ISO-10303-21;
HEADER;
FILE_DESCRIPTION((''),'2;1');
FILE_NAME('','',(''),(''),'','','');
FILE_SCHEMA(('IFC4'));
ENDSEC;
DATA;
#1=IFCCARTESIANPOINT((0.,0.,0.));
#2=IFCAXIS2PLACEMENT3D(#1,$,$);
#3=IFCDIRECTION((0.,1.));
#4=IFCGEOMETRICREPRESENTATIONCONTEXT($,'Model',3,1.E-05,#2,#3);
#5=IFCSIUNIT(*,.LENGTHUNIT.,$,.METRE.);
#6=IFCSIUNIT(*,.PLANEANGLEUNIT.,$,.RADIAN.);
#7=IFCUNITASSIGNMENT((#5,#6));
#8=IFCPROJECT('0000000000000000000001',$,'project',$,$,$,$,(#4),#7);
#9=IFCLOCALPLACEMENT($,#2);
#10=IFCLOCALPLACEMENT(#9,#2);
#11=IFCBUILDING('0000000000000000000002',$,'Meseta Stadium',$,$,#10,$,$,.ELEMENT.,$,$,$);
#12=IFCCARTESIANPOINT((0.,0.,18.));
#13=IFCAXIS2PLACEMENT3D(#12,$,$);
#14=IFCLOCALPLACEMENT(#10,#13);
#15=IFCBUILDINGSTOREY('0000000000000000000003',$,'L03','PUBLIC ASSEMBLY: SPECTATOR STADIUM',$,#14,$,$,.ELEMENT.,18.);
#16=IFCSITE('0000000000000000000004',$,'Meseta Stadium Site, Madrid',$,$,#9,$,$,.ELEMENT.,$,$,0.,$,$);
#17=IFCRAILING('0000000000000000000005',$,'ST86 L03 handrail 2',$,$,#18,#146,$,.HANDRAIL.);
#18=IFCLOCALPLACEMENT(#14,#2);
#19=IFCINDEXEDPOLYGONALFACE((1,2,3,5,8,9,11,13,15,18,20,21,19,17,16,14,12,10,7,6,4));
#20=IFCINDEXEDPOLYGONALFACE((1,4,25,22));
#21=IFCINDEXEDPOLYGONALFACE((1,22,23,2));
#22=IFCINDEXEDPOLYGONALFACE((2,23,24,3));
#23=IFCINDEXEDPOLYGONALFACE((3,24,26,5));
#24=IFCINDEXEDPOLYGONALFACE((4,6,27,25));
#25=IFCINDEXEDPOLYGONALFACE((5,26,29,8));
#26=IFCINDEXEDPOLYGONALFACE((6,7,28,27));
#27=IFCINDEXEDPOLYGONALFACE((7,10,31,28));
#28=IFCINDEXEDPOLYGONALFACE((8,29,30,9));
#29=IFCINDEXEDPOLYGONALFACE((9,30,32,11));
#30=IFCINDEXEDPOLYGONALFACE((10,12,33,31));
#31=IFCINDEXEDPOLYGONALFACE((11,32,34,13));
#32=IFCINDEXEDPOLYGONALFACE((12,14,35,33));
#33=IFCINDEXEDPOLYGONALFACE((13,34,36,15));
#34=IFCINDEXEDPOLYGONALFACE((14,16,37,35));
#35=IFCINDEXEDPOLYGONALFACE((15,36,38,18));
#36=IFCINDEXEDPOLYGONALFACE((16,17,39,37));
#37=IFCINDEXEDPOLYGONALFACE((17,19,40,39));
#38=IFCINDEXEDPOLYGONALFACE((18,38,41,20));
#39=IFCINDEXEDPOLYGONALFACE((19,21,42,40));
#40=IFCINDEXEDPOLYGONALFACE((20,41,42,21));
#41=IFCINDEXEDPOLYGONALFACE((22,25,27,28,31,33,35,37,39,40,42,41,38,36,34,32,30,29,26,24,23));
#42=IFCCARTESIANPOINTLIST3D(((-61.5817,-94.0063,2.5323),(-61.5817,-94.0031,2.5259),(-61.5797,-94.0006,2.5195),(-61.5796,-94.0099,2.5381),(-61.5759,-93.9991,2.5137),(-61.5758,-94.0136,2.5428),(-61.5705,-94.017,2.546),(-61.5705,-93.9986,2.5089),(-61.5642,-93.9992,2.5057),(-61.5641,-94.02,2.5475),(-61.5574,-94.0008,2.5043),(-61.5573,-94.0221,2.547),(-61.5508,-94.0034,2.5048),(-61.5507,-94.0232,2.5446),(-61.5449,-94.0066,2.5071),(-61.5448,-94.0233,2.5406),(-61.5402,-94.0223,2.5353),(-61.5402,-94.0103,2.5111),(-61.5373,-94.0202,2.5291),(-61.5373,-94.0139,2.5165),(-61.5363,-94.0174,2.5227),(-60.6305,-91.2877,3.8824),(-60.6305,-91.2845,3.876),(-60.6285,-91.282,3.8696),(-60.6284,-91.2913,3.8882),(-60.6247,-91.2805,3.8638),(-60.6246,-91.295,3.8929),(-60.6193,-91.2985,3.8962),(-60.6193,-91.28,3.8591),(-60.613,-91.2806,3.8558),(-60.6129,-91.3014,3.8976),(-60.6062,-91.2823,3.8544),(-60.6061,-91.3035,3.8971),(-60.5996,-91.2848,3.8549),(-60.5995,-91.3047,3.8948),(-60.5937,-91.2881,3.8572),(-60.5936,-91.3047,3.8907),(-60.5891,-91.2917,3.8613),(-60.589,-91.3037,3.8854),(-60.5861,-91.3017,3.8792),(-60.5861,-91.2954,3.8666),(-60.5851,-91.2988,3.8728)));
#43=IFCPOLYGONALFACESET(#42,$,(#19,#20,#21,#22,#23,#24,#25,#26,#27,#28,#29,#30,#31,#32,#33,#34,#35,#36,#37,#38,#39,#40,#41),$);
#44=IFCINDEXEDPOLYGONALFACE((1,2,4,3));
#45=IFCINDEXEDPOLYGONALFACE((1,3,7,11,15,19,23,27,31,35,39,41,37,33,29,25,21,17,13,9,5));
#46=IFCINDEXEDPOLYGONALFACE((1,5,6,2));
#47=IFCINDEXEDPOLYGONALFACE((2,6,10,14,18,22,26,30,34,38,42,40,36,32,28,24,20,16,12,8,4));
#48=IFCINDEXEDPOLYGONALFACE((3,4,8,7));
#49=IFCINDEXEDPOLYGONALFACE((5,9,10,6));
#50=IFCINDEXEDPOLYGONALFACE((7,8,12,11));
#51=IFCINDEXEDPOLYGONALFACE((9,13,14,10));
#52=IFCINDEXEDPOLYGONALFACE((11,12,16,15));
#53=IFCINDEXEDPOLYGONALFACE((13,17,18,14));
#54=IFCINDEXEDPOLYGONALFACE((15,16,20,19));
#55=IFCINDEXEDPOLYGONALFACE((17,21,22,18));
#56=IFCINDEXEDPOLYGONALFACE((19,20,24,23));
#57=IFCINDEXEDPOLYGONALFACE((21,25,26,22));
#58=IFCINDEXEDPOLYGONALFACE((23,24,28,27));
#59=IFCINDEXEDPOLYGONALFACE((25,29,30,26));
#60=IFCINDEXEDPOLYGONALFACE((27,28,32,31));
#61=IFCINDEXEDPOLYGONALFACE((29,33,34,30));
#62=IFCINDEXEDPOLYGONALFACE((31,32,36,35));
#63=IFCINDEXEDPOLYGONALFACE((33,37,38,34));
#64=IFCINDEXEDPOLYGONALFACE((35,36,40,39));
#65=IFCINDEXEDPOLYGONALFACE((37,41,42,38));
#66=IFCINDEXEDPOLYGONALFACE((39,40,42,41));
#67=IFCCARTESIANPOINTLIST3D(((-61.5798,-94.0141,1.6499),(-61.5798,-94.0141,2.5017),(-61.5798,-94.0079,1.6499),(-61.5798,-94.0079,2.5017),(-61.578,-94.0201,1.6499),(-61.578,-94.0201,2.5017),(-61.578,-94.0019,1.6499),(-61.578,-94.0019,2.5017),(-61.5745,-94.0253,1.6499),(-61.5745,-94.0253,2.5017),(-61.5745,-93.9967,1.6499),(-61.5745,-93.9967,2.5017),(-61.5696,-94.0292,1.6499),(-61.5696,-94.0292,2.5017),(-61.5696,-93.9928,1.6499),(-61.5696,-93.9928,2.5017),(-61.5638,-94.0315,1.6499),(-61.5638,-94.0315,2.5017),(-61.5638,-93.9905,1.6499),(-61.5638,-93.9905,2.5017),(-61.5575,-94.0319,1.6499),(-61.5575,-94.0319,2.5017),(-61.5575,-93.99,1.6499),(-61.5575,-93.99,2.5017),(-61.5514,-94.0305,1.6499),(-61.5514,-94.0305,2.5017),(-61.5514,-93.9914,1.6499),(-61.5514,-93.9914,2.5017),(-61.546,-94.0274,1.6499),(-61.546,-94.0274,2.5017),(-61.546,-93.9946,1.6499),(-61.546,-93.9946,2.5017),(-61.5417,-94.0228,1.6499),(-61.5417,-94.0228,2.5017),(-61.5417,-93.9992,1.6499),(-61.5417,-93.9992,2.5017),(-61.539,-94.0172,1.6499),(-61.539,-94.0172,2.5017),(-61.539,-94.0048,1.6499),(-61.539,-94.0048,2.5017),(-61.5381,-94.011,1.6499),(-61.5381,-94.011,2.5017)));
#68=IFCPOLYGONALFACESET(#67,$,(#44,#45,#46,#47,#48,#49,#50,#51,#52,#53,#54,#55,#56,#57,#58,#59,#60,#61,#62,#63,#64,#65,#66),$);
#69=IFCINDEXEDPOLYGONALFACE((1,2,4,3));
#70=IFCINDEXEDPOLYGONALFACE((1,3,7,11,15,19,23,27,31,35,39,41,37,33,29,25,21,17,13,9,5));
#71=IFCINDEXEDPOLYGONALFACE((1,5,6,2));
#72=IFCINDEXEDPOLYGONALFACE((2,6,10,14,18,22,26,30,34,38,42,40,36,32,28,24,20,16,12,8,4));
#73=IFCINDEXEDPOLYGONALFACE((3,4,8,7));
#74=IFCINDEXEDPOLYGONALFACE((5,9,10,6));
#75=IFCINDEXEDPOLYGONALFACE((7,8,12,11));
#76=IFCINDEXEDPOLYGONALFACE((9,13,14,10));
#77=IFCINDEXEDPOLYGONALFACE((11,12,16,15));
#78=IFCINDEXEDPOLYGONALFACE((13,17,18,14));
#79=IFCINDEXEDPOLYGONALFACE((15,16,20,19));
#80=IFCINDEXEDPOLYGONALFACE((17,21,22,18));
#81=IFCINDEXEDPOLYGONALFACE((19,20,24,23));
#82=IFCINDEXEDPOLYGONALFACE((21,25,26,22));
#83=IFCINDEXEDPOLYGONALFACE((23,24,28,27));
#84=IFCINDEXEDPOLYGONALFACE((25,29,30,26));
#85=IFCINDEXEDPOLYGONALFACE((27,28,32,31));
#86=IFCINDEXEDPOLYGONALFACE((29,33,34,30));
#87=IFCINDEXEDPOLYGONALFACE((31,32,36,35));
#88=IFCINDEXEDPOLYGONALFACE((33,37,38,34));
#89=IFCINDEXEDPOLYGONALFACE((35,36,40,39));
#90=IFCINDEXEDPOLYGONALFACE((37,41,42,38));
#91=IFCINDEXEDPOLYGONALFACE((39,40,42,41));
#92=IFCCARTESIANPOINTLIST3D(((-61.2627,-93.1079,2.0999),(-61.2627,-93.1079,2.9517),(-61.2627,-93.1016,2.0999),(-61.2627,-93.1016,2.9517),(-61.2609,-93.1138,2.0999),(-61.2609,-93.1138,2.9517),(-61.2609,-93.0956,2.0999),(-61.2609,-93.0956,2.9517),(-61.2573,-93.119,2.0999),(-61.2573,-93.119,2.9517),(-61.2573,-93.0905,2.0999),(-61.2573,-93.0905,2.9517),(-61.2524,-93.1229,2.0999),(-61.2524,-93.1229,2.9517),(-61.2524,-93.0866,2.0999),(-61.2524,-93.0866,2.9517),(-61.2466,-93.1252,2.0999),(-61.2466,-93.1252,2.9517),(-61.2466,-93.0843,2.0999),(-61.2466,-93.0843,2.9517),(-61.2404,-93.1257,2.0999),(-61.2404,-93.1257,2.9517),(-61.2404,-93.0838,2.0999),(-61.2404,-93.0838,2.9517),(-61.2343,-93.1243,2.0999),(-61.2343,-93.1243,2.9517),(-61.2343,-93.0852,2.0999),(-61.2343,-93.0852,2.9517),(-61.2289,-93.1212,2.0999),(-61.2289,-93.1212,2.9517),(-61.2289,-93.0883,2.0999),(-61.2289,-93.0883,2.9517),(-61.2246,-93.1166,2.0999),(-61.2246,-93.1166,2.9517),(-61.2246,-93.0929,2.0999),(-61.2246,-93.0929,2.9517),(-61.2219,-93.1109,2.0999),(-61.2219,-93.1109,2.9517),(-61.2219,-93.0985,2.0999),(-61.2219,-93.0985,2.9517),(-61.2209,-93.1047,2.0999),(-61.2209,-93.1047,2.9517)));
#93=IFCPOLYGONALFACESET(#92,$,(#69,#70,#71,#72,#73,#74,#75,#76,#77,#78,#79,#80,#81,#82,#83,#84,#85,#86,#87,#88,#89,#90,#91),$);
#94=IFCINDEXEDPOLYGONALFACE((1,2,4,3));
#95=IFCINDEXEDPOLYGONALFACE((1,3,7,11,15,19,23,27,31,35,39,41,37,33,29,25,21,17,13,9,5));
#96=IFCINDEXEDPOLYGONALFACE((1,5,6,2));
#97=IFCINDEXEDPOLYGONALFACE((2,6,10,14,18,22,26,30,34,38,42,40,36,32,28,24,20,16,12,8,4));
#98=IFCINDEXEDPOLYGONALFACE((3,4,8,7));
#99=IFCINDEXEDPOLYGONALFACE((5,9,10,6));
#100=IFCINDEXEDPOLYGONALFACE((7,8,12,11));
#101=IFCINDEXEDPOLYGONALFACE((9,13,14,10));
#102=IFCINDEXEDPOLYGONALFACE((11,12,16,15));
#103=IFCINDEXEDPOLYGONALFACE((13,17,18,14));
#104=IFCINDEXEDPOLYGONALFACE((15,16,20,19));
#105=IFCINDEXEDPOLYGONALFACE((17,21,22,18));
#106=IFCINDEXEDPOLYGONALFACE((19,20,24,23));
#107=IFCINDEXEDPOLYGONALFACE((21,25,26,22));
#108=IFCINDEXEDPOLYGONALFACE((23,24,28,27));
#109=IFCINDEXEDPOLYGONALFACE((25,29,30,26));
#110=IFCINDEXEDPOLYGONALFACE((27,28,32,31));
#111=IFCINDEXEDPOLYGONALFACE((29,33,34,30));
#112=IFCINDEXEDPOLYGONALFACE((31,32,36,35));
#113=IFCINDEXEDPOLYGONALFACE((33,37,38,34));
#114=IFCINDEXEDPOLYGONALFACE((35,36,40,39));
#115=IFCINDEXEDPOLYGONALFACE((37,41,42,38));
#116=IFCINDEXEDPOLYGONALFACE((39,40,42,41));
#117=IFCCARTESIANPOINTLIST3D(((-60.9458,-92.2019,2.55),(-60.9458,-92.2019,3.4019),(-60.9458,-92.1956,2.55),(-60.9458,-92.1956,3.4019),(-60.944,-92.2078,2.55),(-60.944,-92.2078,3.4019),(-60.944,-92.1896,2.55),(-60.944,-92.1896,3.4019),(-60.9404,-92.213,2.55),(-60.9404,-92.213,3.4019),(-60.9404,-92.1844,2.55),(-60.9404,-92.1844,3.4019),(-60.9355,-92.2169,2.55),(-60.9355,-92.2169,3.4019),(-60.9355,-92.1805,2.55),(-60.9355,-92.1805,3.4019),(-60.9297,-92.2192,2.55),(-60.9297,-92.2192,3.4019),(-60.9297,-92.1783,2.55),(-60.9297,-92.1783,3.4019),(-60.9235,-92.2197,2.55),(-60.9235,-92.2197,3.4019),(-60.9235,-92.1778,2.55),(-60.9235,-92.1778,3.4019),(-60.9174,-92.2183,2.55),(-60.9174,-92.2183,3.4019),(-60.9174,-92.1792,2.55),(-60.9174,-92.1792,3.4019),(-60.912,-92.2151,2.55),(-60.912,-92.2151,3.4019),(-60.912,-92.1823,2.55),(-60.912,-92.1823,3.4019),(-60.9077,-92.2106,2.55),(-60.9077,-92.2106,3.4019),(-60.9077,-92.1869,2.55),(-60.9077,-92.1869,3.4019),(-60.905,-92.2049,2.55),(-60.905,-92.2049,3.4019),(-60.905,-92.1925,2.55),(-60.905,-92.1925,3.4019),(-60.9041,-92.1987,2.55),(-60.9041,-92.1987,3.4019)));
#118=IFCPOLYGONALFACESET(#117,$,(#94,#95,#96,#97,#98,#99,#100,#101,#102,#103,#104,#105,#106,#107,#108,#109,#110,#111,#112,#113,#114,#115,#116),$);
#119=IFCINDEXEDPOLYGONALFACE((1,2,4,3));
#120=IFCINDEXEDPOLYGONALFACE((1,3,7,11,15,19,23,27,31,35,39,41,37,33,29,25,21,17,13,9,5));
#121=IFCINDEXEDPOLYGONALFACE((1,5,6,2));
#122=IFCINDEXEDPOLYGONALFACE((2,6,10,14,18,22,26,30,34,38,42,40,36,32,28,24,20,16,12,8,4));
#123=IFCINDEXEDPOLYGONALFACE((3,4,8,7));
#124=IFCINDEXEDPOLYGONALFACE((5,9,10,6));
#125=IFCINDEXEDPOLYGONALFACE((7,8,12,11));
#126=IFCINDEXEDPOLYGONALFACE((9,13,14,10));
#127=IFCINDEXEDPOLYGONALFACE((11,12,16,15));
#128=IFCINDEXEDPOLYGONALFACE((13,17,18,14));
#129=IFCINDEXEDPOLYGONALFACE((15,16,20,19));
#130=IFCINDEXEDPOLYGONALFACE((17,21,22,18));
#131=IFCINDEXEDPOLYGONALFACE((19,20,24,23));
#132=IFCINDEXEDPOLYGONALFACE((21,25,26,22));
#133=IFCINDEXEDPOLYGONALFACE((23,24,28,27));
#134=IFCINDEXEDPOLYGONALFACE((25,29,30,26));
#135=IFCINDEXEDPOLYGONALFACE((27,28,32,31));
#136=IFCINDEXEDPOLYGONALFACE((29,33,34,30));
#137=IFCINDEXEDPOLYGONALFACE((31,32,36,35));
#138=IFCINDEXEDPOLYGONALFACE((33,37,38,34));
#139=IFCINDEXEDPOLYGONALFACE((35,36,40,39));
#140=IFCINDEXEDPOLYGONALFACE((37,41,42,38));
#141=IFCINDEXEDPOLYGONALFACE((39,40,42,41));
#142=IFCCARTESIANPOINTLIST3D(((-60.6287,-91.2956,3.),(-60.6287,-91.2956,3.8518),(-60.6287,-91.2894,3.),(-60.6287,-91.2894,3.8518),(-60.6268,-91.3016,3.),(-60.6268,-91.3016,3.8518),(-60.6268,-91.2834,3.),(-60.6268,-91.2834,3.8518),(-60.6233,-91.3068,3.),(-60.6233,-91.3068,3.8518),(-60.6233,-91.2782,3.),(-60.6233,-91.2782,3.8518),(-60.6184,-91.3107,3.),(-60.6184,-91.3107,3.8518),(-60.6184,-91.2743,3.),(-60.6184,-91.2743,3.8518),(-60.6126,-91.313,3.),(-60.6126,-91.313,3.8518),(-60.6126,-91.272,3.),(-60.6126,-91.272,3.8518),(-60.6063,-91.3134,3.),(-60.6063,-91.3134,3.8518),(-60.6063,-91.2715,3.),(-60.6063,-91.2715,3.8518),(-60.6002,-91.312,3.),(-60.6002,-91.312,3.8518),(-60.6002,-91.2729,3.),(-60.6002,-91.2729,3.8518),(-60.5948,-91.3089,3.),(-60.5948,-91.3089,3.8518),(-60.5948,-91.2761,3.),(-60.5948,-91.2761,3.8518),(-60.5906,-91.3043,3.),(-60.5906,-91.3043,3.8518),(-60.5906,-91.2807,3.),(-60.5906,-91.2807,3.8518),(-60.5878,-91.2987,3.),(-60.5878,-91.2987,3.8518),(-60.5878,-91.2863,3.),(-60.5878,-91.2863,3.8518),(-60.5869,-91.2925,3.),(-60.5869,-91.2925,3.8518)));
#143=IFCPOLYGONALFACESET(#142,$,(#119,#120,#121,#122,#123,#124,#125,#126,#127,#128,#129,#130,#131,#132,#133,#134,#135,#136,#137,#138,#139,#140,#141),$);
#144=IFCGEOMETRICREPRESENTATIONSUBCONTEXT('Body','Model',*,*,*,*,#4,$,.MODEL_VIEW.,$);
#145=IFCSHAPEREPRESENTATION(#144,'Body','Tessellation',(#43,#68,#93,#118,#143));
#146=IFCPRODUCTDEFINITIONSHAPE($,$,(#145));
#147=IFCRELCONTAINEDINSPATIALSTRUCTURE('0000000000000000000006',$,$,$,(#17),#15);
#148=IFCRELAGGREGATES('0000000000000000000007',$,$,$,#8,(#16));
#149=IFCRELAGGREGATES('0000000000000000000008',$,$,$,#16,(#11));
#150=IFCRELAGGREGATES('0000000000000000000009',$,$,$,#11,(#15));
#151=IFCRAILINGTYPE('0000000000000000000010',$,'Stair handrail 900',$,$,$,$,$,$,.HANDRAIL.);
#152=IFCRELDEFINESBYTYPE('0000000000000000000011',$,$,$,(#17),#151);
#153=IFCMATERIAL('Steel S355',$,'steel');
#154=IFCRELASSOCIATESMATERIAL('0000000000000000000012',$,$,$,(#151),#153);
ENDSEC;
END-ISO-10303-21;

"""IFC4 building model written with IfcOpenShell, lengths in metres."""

from ifc_helpers import new_model, si_unit, direction, frame, origin, origin_2d, place, context, subcontext, project, spatial, circle, extrude, material, type_object, element, save


model = new_model("IFC4")

# Units and contexts
model_context = context("Model", 3, precision=1e-05, world=origin(), true_north=direction((0.0, 1.0)))
body_context = subcontext(model_context, "Body", "Model", "MODEL_VIEW")
ifc_project = project(units=[si_unit("LENGTHUNIT", "METRE"), si_unit("PLANEANGLEUNIT", "RADIAN")], contexts=[model_context])

# Site, building, storey
site_placement = place(None, origin())
site = spatial("IfcSite", under=ifc_project, at=site_placement, Name="Meseta Stadium Site, Madrid", CompositionType="ELEMENT", RefElevation=0.0)
building_placement = place(site_placement, origin())
building = spatial("IfcBuilding", under=site, at=building_placement, Name="Meseta Stadium", CompositionType="ELEMENT")
storey_placement = place(building_placement, frame((0.0, 0.0, 18.0)))
storey = spatial("IfcBuildingStorey", under=building, at=storey_placement, Name="L03", Description="PUBLIC ASSEMBLY: SPECTATOR STADIUM", CompositionType="ELEMENT", Elevation=18.0)

# Railing
ifc_material_1 = material(Name="Steel S355", Category="steel")
railing_type_1 = type_object("IfcRailingType", Name="Stair handrail 900", PredefinedType="HANDRAIL", material=ifc_material_1)
for number, where, name in (
    (1, (-61.5591, -94.011, 1.6499), "ST86 L03 handrail 2"),
):
    element("IfcRailing", number, at=place(storey_placement, frame(where)), inside=storey, type_object=railing_type_1, Name=name, PredefinedType="HANDRAIL", context=body_context, shape_type="SweptSolid", body=[
        extrude(circle(Radius=0.0239, at=origin_2d()), frame((0.0, 0.0, 0.876), z_axis=(0.299031, 0.854649, 0.424446), x_axis=(-0.943891, 0.330256, 0.0)), (0.0, 0.0, 1.0), 3.1809),
        extrude(circle(Radius=0.021, at=origin_2d()), origin(), (0.0, 0.0, 1.0), 0.8518),
        extrude(circle(Radius=0.021, at=origin_2d()), frame((0.3171, 0.9062, 0.45)), (0.0, 0.0, 1.0), 0.8518),
        extrude(circle(Radius=0.021, at=origin_2d()), frame((0.634, 1.8123, 0.9001)), (0.0, 0.0, 1.0), 0.8518),
        extrude(circle(Radius=0.021, at=origin_2d()), frame((0.9512, 2.7185, 1.3501)), (0.0, 0.0, 1.0), 0.8518),
    ])

save(model, "model.ifc")
